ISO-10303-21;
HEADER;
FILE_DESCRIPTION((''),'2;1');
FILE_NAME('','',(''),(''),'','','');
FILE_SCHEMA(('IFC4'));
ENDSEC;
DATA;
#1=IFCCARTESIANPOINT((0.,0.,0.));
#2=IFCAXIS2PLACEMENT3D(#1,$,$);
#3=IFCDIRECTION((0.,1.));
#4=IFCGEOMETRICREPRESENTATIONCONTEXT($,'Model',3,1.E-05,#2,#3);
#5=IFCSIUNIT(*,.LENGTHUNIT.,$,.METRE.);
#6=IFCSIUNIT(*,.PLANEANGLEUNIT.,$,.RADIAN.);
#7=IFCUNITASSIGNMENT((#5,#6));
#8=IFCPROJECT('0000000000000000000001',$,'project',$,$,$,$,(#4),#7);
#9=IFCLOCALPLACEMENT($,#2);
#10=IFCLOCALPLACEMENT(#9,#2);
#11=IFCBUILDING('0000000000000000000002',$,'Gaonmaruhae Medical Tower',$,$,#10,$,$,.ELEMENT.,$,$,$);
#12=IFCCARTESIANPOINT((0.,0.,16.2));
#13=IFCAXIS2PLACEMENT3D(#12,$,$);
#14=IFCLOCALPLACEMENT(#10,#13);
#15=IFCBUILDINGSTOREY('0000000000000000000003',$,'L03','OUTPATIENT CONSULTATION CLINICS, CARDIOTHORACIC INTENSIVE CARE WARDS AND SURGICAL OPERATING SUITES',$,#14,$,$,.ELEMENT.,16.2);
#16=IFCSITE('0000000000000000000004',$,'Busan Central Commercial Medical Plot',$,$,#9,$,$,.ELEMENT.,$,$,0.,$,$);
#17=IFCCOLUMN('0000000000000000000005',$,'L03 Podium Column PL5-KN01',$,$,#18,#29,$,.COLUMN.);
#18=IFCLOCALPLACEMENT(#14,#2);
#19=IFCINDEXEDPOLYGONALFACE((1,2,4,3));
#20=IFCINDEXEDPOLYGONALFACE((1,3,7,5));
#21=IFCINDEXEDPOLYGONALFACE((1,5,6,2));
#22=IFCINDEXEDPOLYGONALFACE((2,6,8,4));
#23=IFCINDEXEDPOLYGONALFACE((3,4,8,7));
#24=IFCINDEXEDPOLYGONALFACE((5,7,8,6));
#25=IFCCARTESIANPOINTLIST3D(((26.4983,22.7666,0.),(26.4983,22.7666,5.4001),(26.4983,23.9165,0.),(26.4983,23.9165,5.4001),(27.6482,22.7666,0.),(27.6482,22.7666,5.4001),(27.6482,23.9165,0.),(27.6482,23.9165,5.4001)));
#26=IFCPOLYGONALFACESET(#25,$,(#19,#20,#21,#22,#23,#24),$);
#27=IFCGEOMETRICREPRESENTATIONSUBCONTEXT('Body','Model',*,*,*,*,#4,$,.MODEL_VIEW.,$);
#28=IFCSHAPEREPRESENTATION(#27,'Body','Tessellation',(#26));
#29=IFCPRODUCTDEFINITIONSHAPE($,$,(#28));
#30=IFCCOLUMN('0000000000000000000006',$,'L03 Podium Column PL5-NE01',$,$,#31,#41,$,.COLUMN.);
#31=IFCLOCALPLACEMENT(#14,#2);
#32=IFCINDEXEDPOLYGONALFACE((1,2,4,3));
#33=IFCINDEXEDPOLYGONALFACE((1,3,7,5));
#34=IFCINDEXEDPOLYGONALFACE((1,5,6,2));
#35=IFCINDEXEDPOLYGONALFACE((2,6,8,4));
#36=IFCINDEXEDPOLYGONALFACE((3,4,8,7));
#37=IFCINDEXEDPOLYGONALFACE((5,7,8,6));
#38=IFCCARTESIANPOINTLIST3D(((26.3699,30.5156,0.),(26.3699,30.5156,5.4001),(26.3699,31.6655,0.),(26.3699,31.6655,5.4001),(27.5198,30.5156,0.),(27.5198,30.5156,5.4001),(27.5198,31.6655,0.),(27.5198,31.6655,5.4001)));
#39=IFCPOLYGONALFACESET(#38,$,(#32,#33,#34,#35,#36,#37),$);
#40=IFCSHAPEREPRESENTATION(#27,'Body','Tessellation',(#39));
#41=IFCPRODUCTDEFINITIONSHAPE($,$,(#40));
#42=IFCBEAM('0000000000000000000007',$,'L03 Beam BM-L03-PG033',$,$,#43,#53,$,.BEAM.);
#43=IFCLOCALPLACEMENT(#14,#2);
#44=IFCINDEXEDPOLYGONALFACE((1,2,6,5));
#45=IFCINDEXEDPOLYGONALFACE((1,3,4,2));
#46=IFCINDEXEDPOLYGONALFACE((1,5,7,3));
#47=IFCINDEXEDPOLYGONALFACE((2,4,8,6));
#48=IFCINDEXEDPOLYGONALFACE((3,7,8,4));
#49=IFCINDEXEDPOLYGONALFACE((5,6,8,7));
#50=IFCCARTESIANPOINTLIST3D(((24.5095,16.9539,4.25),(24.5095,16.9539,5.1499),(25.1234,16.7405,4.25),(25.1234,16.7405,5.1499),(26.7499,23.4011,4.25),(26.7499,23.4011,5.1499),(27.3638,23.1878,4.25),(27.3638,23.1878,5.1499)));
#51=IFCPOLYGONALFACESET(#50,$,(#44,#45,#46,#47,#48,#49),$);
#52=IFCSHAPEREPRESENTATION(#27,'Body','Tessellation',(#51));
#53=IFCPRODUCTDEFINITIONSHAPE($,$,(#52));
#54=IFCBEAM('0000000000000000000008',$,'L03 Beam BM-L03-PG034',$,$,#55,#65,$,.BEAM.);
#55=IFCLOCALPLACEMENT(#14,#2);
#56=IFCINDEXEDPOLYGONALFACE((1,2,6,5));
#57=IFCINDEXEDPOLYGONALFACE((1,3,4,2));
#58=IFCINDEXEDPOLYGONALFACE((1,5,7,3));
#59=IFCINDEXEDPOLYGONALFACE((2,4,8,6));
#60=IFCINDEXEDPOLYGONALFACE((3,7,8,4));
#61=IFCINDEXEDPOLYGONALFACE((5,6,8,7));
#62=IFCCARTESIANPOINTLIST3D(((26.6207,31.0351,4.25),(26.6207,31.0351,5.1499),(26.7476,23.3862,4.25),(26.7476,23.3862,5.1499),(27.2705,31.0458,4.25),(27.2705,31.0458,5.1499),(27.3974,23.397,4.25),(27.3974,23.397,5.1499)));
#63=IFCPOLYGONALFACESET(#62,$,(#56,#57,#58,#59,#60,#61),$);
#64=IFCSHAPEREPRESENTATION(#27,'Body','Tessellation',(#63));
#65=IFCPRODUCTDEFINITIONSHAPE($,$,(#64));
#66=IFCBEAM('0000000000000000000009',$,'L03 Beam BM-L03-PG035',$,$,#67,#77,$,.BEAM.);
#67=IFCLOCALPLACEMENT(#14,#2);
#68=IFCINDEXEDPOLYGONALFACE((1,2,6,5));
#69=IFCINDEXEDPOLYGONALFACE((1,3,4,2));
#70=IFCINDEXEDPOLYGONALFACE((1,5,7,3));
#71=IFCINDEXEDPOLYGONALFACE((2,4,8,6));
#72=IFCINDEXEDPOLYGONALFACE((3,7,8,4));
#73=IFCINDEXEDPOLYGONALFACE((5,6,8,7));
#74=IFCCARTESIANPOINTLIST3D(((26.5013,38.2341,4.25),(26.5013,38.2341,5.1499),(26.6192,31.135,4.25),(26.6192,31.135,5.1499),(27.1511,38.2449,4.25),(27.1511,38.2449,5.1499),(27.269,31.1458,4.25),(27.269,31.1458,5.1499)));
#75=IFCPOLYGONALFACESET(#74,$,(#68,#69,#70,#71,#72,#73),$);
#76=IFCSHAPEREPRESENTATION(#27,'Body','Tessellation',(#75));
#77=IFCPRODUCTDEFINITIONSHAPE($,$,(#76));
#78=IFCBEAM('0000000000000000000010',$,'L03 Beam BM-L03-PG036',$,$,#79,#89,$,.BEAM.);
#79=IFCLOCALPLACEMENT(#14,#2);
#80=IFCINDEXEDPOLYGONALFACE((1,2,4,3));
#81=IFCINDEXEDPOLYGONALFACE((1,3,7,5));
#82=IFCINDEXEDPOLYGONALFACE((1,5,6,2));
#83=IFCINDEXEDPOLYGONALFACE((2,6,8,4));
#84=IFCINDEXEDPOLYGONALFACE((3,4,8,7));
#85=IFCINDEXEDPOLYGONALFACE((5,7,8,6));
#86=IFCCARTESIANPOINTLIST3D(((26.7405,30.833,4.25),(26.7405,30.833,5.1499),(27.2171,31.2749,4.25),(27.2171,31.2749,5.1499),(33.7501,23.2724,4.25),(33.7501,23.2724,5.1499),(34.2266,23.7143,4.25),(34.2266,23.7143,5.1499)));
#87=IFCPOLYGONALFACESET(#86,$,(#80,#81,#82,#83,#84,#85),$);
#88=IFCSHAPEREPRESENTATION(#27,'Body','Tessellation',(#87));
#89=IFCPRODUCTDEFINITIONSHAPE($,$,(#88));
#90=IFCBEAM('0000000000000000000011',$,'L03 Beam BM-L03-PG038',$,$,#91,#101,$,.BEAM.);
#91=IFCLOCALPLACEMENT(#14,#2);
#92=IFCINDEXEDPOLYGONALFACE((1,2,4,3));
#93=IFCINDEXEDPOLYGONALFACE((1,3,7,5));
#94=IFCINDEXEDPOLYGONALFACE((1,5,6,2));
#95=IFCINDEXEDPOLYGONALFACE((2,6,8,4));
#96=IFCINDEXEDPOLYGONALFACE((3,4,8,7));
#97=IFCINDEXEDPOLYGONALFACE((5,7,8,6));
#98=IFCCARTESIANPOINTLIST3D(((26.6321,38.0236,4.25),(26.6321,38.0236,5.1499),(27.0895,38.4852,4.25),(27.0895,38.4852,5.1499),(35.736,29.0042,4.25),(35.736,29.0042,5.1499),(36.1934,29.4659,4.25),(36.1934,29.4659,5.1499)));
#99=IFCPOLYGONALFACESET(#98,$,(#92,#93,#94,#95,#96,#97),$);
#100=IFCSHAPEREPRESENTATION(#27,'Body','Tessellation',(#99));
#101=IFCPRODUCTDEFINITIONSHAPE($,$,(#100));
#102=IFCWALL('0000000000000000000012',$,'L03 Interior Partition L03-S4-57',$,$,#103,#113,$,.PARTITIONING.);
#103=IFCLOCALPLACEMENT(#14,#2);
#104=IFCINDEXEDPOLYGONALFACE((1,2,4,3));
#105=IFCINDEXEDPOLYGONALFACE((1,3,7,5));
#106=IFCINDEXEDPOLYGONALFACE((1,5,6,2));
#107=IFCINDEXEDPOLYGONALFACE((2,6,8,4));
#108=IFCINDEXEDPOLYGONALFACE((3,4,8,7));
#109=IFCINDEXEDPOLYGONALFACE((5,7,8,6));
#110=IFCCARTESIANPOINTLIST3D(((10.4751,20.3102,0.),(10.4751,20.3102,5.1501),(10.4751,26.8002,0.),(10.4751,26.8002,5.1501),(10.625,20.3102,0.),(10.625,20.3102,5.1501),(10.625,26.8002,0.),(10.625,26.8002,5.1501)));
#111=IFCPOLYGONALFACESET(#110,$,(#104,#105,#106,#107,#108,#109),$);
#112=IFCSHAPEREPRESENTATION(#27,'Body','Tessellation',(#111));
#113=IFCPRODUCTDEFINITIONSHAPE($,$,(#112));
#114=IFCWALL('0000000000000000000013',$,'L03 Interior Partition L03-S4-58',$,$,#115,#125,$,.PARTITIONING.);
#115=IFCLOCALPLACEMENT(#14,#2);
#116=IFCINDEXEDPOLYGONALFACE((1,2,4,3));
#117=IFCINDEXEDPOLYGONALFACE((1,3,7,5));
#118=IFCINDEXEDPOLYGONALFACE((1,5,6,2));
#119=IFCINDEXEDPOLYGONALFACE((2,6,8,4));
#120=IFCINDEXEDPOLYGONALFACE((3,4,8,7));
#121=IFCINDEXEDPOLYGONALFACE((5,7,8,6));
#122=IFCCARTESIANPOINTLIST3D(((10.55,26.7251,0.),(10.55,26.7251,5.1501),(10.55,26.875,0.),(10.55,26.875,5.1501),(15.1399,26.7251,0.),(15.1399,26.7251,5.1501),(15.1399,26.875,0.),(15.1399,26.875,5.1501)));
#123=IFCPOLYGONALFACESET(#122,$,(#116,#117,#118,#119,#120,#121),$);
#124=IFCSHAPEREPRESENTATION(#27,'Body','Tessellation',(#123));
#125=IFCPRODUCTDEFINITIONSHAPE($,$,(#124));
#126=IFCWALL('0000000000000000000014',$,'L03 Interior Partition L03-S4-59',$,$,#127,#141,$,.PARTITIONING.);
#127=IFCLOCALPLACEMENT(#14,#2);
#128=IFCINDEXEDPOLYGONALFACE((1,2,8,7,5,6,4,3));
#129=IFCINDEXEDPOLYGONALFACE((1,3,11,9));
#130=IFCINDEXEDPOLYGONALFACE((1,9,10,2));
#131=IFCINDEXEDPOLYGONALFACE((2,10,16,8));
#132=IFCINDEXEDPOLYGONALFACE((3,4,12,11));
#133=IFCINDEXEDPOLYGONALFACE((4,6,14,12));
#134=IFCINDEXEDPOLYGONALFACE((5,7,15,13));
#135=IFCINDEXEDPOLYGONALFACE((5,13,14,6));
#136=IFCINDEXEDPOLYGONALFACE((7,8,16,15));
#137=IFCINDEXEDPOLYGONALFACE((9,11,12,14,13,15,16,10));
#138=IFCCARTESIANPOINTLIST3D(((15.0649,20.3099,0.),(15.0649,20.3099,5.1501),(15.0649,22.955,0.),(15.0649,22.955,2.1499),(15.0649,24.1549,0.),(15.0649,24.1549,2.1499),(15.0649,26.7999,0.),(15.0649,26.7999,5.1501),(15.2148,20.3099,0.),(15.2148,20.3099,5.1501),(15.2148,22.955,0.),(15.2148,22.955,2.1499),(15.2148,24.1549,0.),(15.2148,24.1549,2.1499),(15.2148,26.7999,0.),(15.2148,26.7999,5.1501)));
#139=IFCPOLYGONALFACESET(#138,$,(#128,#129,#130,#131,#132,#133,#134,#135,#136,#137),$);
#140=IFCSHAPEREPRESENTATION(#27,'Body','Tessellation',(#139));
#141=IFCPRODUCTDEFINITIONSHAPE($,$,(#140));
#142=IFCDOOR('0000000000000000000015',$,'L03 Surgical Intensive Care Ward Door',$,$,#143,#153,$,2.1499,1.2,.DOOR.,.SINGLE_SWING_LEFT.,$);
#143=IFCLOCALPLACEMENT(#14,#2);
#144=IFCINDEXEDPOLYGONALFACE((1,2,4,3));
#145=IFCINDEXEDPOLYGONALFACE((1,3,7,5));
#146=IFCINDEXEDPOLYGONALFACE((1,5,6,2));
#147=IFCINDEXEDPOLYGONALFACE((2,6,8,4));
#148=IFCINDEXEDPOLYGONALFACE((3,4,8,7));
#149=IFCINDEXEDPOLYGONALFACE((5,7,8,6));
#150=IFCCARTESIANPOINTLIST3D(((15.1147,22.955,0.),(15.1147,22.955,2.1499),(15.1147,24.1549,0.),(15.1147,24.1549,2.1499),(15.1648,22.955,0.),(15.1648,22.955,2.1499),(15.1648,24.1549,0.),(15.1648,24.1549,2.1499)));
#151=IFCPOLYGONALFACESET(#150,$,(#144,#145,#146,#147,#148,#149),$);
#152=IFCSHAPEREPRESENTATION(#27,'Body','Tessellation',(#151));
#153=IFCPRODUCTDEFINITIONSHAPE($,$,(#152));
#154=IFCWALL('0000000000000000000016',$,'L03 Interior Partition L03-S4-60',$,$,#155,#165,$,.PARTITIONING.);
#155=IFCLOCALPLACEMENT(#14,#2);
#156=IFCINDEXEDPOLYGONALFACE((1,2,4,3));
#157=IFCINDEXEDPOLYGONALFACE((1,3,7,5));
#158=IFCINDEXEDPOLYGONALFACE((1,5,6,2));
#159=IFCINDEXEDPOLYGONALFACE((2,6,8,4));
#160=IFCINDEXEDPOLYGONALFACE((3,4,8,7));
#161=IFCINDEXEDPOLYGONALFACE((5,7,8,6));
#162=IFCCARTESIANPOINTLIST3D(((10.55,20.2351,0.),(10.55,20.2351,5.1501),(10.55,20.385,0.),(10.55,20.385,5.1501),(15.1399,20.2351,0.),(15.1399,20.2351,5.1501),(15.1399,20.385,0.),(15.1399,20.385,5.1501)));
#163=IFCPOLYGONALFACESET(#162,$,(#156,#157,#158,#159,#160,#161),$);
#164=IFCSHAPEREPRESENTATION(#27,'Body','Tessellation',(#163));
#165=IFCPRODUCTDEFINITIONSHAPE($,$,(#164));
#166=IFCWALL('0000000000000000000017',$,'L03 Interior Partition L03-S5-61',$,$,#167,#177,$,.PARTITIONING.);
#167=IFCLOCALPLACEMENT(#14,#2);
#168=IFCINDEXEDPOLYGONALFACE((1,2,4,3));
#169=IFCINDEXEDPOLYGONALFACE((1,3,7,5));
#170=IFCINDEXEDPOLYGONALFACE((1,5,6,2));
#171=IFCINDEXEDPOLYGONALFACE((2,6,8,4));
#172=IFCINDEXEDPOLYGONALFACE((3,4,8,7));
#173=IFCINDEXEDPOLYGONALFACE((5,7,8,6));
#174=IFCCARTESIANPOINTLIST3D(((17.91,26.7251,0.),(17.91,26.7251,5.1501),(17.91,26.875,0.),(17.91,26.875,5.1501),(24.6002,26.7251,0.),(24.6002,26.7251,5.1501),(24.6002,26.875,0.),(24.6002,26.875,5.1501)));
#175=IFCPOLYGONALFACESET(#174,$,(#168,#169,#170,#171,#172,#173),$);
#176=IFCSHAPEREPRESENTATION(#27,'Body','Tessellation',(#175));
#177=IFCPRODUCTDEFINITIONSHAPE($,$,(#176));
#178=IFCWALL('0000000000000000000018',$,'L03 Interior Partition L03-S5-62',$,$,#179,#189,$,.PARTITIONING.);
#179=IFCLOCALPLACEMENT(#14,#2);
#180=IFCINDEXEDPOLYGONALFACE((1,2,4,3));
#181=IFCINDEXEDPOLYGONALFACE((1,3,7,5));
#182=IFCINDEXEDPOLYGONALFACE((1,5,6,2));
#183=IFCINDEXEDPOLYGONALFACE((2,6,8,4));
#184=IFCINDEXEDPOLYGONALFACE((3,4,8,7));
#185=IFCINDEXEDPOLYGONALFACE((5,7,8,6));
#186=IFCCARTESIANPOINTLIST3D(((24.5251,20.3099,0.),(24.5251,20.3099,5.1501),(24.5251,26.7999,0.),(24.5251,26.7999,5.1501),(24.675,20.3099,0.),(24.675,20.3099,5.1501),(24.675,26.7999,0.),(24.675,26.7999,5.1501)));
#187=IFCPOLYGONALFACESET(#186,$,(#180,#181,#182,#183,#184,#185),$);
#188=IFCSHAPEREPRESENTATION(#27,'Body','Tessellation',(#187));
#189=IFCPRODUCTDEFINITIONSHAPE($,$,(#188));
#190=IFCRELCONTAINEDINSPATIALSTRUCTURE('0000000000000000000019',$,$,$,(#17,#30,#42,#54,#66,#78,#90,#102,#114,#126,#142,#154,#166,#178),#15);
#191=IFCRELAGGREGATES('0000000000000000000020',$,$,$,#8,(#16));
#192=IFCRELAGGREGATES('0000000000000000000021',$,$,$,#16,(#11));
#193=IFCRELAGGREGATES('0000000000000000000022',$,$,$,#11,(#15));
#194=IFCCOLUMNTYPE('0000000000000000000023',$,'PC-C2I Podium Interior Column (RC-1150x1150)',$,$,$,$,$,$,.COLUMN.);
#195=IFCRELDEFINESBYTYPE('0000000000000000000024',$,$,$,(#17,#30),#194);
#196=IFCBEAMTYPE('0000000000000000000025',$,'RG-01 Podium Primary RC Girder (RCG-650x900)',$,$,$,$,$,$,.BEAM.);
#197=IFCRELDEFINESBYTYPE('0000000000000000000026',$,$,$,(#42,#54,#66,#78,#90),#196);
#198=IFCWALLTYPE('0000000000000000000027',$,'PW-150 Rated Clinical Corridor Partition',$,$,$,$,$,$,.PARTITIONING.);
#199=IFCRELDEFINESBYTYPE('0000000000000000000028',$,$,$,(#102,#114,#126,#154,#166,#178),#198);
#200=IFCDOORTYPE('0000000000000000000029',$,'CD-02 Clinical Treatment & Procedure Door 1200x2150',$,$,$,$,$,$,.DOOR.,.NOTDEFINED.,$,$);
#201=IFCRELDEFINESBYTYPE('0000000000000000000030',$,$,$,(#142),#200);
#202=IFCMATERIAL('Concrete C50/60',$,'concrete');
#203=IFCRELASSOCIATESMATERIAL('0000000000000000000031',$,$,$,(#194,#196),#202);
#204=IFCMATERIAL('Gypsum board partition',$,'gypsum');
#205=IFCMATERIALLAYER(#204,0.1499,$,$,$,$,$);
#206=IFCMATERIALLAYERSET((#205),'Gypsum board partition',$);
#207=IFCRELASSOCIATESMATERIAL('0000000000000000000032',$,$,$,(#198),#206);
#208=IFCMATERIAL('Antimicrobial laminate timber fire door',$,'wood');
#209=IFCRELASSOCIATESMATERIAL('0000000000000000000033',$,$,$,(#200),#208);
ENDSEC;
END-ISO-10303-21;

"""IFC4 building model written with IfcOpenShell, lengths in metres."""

from ifc_helpers import new_model, si_unit, direction, frame, frame_2d, origin, origin_2d, place, context, subcontext, project, spatial, rectangle, extrude, material, layer, layer_set, material_profile, profile_set, type_object, element, fill, save


model = new_model("IFC4")

# Units and contexts
model_context = context("Model", 3, precision=1e-05, world=origin(), true_north=direction((0.0, 1.0)))
body_context = subcontext(model_context, "Body", "Model", "MODEL_VIEW")
ifc_project = project(units=[si_unit("LENGTHUNIT", "METRE"), si_unit("PLANEANGLEUNIT", "RADIAN")], contexts=[model_context])

# Site, building, storey
site_placement = place(None, origin())
site = spatial("IfcSite", under=ifc_project, at=site_placement, Name="Busan Central Commercial Medical Plot", CompositionType="ELEMENT", RefElevation=0.0)
building_placement = place(site_placement, origin())
building = spatial("IfcBuilding", under=site, at=building_placement, Name="Gaonmaruhae Medical Tower", CompositionType="ELEMENT")
storey_placement = place(building_placement, frame((0.0, 0.0, 16.2)))
storey = spatial("IfcBuildingStorey", under=building, at=storey_placement, Name="L03", Description="OUTPATIENT CONSULTATION CLINICS, CARDIOTHORACIC INTENSIVE CARE WARDS AND SURGICAL OPERATING SUITES", CompositionType="ELEMENT", Elevation=16.2)

# Columns
ifc_material_1 = material(Name="Concrete C50/60", Category="concrete")
ifc_material_profile_1 = material_profile(ifc_material_1, rectangle(XDim=1.1499, YDim=1.1499, at=origin_2d()), Name="RC-1150x1150")
ifc_profile_set_1 = profile_set([ifc_material_profile_1], Name="Concrete C50/60")
column_type = type_object("IfcColumnType", Name="PC-C2I Podium Interior Column (RC-1150x1150)", PredefinedType="COLUMN", material=ifc_profile_set_1)
for number, where, z_axis, x_axis, name in (
    (1, (27.0732, 23.3416, 0.0), (0.0, 0.0, 1.0), (1.0, 0.0, 0.0), "L03 Podium Column PL5-KN01"),
    (2, (26.9448, 31.0906, 0.0), (0.0, 0.0, 1.0), (1.0, 0.0, 0.0), "L03 Podium Column PL5-NE01"),
):
    element("IfcColumn", number, at=place(storey_placement, frame(where, z_axis=z_axis, x_axis=x_axis)), inside=storey, type_object=column_type, Name=name, PredefinedType="COLUMN", context=body_context, shape_type="SweptSolid", body=[
        extrude(rectangle(XDim=1.1499, YDim=1.1499, at=origin_2d()), origin(), (0.0, 0.0, 1.0), 5.4001),
    ])

# Beams
ifc_material_profile_2 = material_profile(ifc_material_1, rectangle(XDim=0.6499, YDim=0.8999, at=origin_2d()), Name="RCG-650x900")
ifc_profile_set_2 = profile_set([ifc_material_profile_2], Name="Concrete C50/60")
beam_type = type_object("IfcBeamType", Name="RG-01 Podium Primary RC Girder (RCG-650x900)", PredefinedType="BEAM", material=ifc_profile_set_2)
beam_1_placement = place(storey_placement, frame((27.0569, 23.2944, 4.7), z_axis=(-0.328253, -0.94459, 0.0), x_axis=(0.94459, -0.328253, 0.0)))
element("IfcBeam", 3, at=beam_1_placement, inside=storey, type_object=beam_type, Name="L03 Beam BM-L03-PG033", PredefinedType="BEAM", context=body_context, shape_type="SweptSolid", body=[
    extrude(rectangle(XDim=0.6499, YDim=0.8999, at=origin_2d()), origin(), (0.0, 0.0, 1.0), 6.8254),
])
beam_2_placement = place(storey_placement, frame((27.0725, 23.3916, 4.7), z_axis=(-0.016595, 0.999862, 0.0), x_axis=(-0.999862, -0.016595, 0.0)))
element("IfcBeam", 4, at=beam_2_placement, inside=storey, type_object=beam_type, Name="L03 Beam BM-L03-PG034", PredefinedType="BEAM", context=body_context, shape_type="SweptSolid", body=[
    extrude(rectangle(XDim=0.6499, YDim=0.8999, at=origin_2d()), origin(), (0.0, 0.0, 1.0), 7.6499),
])
beam_3_placement = place(storey_placement, frame((26.9441, 31.1404, 4.7), z_axis=(-0.016608, 0.999862, 0.0), x_axis=(-0.999862, -0.016608, 0.0)))
element("IfcBeam", 5, at=beam_3_placement, inside=storey, type_object=beam_type, Name="L03 Beam BM-L03-PG035", PredefinedType="BEAM", context=body_context, shape_type="SweptSolid", body=[
    extrude(rectangle(XDim=0.6499, YDim=0.8999, at=origin_2d()), origin(), (0.0, 0.0, 1.0), 7.1001),
])
beam_4_placement = place(storey_placement, frame((26.9788, 31.054, 4.7), z_axis=(0.679879, -0.733325, 0.0), x_axis=(0.733325, 0.679879, 0.0)))
element("IfcBeam", 6, at=beam_4_placement, inside=storey, type_object=beam_type, Name="L03 Beam BM-L03-PG036", PredefinedType="BEAM", context=body_context, shape_type="SweptSolid", body=[
    extrude(rectangle(XDim=0.6499, YDim=0.8999, at=origin_2d()), origin(), (0.0, 0.0, 1.0), 10.3101),
])
beam_5_placement = place(storey_placement, frame((26.8608, 38.2544, 4.7), z_axis=(0.710395, -0.703803, 0.0), x_axis=(0.703803, 0.710395, 0.0)))
element("IfcBeam", 7, at=beam_5_placement, inside=storey, type_object=beam_type, Name="L03 Beam BM-L03-PG038", PredefinedType="BEAM", context=body_context, shape_type="SweptSolid", body=[
    extrude(rectangle(XDim=0.6499, YDim=0.8999, at=origin_2d()), origin(), (0.0, 0.0, 1.0), 12.8152),
])

# Walls
ifc_material_2 = material(Name="Gypsum board partition", Category="gypsum")
ifc_layer_1 = layer(ifc_material_2, 0.1499)
ifc_layer_set_1 = layer_set([ifc_layer_1], Name="Gypsum board partition")
wall_type_1 = type_object("IfcWallType", Name="PW-150 Rated Clinical Corridor Partition", PredefinedType="PARTITIONING", material=ifc_layer_set_1)
wall_1_placement = place(storey_placement, frame((10.55, 20.3101, 0.0), z_axis=(0.0, 0.0, 1.0), x_axis=(0.0, 1.0, 0.0)))
element("IfcWall", 8, at=wall_1_placement, inside=storey, type_object=wall_type_1, Name="L03 Interior Partition L03-S4-57", PredefinedType="PARTITIONING", context=body_context, shape_type="SweptSolid", body=[
    extrude(rectangle(XDim=6.49, YDim=0.1499, at=frame_2d((3.2451, 0.0))), origin(), (0.0, 0.0, 1.0), 5.1501),
])
wall_2_placement = place(storey_placement, frame((10.55, 26.8, 0.0), z_axis=(0.0, 0.0, 1.0), x_axis=(1.0, 0.0, 0.0)))
element("IfcWall", 9, at=wall_2_placement, inside=storey, type_object=wall_type_1, Name="L03 Interior Partition L03-S4-58", PredefinedType="PARTITIONING", context=body_context, shape_type="SweptSolid", body=[
    extrude(rectangle(XDim=4.5898, YDim=0.1499, at=frame_2d((2.2949, 0.0))), origin(), (0.0, 0.0, 1.0), 5.1501),
])

# Wall, opening, door
wall_3_placement = place(storey_placement, frame((15.1399, 26.8, 0.0), z_axis=(0.0, 0.0, 1.0), x_axis=(0.0, -1.0, 0.0)))
wall_3 = element("IfcWall", 10, at=wall_3_placement, inside=storey, type_object=wall_type_1, Name="L03 Interior Partition L03-S4-59", PredefinedType="PARTITIONING", context=body_context, shape_type="SweptSolid", body=[
    extrude(rectangle(XDim=6.49, YDim=0.1499, at=frame_2d((3.2451, 0.0))), origin(), (0.0, 0.0, 1.0), 5.1501),
])
opening_1_placement = place(wall_3_placement, frame((2.645, 0.0, 0.0)))
opening_1 = element("IfcOpeningElement", 11, at=opening_1_placement, cuts=wall_3, PredefinedType="OPENING", context=body_context, shape_type="SweptSolid", body=[
    extrude(rectangle(XDim=1.2, YDim=2.1499, at=frame_2d((0.6001, 1.075))), frame((0.0, 0.085, 0.0), z_axis=(0.0, -1.0, 0.0), x_axis=(1.0, 0.0, 0.0)), (0.0, 0.0, 1.0), 0.1699),
])
ifc_material_3 = material(Name="Antimicrobial laminate timber fire door", Category="wood")
door_type_1 = type_object("IfcDoorType", Name="CD-02 Clinical Treatment & Procedure Door 1200x2150", OperationType="NOTDEFINED", PredefinedType="DOOR", material=ifc_material_3)
door_1_placement = place(opening_1_placement, origin())
door_1 = element("IfcDoor", 12, at=door_1_placement, inside=storey, type_object=door_type_1, Name="L03 Surgical Intensive Care Ward Door", OperationType="SINGLE_SWING_LEFT", OverallHeight=2.1499, OverallWidth=1.2, PredefinedType="DOOR", context=body_context, shape_type="SweptSolid", body=[
    extrude(rectangle(XDim=1.2, YDim=2.1499, at=frame_2d((0.6001, 1.075))), frame((0.0, 0.0249, 0.0), z_axis=(0.0, -1.0, 0.0), x_axis=(1.0, 0.0, 0.0)), (0.0, 0.0, 1.0), 0.05),
])
fill(opening_1, door_1)

# Walls
wall_4_placement = place(storey_placement, frame((15.1399, 20.3101, 0.0), z_axis=(0.0, 0.0, 1.0), x_axis=(-1.0, 0.0, 0.0)))
element("IfcWall", 13, at=wall_4_placement, inside=storey, type_object=wall_type_1, Name="L03 Interior Partition L03-S4-60", PredefinedType="PARTITIONING", context=body_context, shape_type="SweptSolid", body=[
    extrude(rectangle(XDim=4.5898, YDim=0.1499, at=frame_2d((2.2949, 0.0))), origin(), (0.0, 0.0, 1.0), 5.1501),
])
wall_5_placement = place(storey_placement, frame((17.9099, 26.8, 0.0), z_axis=(0.0, 0.0, 1.0), x_axis=(1.0, 0.0, 0.0)))
element("IfcWall", 14, at=wall_5_placement, inside=storey, type_object=wall_type_1, Name="L03 Interior Partition L03-S5-61", PredefinedType="PARTITIONING", context=body_context, shape_type="SweptSolid", body=[
    extrude(rectangle(XDim=6.6902, YDim=0.1499, at=frame_2d((3.3452, 0.0))), origin(), (0.0, 0.0, 1.0), 5.1501),
])
wall_6_placement = place(storey_placement, frame((24.6001, 26.8, 0.0), z_axis=(0.0, 0.0, 1.0), x_axis=(0.0, -1.0, 0.0)))
element("IfcWall", 15, at=wall_6_placement, inside=storey, type_object=wall_type_1, Name="L03 Interior Partition L03-S5-62", PredefinedType="PARTITIONING", context=body_context, shape_type="SweptSolid", body=[
    extrude(rectangle(XDim=6.49, YDim=0.1499, at=frame_2d((3.2451, 0.0))), origin(), (0.0, 0.0, 1.0), 5.1501),
])

save(model, "model.ifc")
